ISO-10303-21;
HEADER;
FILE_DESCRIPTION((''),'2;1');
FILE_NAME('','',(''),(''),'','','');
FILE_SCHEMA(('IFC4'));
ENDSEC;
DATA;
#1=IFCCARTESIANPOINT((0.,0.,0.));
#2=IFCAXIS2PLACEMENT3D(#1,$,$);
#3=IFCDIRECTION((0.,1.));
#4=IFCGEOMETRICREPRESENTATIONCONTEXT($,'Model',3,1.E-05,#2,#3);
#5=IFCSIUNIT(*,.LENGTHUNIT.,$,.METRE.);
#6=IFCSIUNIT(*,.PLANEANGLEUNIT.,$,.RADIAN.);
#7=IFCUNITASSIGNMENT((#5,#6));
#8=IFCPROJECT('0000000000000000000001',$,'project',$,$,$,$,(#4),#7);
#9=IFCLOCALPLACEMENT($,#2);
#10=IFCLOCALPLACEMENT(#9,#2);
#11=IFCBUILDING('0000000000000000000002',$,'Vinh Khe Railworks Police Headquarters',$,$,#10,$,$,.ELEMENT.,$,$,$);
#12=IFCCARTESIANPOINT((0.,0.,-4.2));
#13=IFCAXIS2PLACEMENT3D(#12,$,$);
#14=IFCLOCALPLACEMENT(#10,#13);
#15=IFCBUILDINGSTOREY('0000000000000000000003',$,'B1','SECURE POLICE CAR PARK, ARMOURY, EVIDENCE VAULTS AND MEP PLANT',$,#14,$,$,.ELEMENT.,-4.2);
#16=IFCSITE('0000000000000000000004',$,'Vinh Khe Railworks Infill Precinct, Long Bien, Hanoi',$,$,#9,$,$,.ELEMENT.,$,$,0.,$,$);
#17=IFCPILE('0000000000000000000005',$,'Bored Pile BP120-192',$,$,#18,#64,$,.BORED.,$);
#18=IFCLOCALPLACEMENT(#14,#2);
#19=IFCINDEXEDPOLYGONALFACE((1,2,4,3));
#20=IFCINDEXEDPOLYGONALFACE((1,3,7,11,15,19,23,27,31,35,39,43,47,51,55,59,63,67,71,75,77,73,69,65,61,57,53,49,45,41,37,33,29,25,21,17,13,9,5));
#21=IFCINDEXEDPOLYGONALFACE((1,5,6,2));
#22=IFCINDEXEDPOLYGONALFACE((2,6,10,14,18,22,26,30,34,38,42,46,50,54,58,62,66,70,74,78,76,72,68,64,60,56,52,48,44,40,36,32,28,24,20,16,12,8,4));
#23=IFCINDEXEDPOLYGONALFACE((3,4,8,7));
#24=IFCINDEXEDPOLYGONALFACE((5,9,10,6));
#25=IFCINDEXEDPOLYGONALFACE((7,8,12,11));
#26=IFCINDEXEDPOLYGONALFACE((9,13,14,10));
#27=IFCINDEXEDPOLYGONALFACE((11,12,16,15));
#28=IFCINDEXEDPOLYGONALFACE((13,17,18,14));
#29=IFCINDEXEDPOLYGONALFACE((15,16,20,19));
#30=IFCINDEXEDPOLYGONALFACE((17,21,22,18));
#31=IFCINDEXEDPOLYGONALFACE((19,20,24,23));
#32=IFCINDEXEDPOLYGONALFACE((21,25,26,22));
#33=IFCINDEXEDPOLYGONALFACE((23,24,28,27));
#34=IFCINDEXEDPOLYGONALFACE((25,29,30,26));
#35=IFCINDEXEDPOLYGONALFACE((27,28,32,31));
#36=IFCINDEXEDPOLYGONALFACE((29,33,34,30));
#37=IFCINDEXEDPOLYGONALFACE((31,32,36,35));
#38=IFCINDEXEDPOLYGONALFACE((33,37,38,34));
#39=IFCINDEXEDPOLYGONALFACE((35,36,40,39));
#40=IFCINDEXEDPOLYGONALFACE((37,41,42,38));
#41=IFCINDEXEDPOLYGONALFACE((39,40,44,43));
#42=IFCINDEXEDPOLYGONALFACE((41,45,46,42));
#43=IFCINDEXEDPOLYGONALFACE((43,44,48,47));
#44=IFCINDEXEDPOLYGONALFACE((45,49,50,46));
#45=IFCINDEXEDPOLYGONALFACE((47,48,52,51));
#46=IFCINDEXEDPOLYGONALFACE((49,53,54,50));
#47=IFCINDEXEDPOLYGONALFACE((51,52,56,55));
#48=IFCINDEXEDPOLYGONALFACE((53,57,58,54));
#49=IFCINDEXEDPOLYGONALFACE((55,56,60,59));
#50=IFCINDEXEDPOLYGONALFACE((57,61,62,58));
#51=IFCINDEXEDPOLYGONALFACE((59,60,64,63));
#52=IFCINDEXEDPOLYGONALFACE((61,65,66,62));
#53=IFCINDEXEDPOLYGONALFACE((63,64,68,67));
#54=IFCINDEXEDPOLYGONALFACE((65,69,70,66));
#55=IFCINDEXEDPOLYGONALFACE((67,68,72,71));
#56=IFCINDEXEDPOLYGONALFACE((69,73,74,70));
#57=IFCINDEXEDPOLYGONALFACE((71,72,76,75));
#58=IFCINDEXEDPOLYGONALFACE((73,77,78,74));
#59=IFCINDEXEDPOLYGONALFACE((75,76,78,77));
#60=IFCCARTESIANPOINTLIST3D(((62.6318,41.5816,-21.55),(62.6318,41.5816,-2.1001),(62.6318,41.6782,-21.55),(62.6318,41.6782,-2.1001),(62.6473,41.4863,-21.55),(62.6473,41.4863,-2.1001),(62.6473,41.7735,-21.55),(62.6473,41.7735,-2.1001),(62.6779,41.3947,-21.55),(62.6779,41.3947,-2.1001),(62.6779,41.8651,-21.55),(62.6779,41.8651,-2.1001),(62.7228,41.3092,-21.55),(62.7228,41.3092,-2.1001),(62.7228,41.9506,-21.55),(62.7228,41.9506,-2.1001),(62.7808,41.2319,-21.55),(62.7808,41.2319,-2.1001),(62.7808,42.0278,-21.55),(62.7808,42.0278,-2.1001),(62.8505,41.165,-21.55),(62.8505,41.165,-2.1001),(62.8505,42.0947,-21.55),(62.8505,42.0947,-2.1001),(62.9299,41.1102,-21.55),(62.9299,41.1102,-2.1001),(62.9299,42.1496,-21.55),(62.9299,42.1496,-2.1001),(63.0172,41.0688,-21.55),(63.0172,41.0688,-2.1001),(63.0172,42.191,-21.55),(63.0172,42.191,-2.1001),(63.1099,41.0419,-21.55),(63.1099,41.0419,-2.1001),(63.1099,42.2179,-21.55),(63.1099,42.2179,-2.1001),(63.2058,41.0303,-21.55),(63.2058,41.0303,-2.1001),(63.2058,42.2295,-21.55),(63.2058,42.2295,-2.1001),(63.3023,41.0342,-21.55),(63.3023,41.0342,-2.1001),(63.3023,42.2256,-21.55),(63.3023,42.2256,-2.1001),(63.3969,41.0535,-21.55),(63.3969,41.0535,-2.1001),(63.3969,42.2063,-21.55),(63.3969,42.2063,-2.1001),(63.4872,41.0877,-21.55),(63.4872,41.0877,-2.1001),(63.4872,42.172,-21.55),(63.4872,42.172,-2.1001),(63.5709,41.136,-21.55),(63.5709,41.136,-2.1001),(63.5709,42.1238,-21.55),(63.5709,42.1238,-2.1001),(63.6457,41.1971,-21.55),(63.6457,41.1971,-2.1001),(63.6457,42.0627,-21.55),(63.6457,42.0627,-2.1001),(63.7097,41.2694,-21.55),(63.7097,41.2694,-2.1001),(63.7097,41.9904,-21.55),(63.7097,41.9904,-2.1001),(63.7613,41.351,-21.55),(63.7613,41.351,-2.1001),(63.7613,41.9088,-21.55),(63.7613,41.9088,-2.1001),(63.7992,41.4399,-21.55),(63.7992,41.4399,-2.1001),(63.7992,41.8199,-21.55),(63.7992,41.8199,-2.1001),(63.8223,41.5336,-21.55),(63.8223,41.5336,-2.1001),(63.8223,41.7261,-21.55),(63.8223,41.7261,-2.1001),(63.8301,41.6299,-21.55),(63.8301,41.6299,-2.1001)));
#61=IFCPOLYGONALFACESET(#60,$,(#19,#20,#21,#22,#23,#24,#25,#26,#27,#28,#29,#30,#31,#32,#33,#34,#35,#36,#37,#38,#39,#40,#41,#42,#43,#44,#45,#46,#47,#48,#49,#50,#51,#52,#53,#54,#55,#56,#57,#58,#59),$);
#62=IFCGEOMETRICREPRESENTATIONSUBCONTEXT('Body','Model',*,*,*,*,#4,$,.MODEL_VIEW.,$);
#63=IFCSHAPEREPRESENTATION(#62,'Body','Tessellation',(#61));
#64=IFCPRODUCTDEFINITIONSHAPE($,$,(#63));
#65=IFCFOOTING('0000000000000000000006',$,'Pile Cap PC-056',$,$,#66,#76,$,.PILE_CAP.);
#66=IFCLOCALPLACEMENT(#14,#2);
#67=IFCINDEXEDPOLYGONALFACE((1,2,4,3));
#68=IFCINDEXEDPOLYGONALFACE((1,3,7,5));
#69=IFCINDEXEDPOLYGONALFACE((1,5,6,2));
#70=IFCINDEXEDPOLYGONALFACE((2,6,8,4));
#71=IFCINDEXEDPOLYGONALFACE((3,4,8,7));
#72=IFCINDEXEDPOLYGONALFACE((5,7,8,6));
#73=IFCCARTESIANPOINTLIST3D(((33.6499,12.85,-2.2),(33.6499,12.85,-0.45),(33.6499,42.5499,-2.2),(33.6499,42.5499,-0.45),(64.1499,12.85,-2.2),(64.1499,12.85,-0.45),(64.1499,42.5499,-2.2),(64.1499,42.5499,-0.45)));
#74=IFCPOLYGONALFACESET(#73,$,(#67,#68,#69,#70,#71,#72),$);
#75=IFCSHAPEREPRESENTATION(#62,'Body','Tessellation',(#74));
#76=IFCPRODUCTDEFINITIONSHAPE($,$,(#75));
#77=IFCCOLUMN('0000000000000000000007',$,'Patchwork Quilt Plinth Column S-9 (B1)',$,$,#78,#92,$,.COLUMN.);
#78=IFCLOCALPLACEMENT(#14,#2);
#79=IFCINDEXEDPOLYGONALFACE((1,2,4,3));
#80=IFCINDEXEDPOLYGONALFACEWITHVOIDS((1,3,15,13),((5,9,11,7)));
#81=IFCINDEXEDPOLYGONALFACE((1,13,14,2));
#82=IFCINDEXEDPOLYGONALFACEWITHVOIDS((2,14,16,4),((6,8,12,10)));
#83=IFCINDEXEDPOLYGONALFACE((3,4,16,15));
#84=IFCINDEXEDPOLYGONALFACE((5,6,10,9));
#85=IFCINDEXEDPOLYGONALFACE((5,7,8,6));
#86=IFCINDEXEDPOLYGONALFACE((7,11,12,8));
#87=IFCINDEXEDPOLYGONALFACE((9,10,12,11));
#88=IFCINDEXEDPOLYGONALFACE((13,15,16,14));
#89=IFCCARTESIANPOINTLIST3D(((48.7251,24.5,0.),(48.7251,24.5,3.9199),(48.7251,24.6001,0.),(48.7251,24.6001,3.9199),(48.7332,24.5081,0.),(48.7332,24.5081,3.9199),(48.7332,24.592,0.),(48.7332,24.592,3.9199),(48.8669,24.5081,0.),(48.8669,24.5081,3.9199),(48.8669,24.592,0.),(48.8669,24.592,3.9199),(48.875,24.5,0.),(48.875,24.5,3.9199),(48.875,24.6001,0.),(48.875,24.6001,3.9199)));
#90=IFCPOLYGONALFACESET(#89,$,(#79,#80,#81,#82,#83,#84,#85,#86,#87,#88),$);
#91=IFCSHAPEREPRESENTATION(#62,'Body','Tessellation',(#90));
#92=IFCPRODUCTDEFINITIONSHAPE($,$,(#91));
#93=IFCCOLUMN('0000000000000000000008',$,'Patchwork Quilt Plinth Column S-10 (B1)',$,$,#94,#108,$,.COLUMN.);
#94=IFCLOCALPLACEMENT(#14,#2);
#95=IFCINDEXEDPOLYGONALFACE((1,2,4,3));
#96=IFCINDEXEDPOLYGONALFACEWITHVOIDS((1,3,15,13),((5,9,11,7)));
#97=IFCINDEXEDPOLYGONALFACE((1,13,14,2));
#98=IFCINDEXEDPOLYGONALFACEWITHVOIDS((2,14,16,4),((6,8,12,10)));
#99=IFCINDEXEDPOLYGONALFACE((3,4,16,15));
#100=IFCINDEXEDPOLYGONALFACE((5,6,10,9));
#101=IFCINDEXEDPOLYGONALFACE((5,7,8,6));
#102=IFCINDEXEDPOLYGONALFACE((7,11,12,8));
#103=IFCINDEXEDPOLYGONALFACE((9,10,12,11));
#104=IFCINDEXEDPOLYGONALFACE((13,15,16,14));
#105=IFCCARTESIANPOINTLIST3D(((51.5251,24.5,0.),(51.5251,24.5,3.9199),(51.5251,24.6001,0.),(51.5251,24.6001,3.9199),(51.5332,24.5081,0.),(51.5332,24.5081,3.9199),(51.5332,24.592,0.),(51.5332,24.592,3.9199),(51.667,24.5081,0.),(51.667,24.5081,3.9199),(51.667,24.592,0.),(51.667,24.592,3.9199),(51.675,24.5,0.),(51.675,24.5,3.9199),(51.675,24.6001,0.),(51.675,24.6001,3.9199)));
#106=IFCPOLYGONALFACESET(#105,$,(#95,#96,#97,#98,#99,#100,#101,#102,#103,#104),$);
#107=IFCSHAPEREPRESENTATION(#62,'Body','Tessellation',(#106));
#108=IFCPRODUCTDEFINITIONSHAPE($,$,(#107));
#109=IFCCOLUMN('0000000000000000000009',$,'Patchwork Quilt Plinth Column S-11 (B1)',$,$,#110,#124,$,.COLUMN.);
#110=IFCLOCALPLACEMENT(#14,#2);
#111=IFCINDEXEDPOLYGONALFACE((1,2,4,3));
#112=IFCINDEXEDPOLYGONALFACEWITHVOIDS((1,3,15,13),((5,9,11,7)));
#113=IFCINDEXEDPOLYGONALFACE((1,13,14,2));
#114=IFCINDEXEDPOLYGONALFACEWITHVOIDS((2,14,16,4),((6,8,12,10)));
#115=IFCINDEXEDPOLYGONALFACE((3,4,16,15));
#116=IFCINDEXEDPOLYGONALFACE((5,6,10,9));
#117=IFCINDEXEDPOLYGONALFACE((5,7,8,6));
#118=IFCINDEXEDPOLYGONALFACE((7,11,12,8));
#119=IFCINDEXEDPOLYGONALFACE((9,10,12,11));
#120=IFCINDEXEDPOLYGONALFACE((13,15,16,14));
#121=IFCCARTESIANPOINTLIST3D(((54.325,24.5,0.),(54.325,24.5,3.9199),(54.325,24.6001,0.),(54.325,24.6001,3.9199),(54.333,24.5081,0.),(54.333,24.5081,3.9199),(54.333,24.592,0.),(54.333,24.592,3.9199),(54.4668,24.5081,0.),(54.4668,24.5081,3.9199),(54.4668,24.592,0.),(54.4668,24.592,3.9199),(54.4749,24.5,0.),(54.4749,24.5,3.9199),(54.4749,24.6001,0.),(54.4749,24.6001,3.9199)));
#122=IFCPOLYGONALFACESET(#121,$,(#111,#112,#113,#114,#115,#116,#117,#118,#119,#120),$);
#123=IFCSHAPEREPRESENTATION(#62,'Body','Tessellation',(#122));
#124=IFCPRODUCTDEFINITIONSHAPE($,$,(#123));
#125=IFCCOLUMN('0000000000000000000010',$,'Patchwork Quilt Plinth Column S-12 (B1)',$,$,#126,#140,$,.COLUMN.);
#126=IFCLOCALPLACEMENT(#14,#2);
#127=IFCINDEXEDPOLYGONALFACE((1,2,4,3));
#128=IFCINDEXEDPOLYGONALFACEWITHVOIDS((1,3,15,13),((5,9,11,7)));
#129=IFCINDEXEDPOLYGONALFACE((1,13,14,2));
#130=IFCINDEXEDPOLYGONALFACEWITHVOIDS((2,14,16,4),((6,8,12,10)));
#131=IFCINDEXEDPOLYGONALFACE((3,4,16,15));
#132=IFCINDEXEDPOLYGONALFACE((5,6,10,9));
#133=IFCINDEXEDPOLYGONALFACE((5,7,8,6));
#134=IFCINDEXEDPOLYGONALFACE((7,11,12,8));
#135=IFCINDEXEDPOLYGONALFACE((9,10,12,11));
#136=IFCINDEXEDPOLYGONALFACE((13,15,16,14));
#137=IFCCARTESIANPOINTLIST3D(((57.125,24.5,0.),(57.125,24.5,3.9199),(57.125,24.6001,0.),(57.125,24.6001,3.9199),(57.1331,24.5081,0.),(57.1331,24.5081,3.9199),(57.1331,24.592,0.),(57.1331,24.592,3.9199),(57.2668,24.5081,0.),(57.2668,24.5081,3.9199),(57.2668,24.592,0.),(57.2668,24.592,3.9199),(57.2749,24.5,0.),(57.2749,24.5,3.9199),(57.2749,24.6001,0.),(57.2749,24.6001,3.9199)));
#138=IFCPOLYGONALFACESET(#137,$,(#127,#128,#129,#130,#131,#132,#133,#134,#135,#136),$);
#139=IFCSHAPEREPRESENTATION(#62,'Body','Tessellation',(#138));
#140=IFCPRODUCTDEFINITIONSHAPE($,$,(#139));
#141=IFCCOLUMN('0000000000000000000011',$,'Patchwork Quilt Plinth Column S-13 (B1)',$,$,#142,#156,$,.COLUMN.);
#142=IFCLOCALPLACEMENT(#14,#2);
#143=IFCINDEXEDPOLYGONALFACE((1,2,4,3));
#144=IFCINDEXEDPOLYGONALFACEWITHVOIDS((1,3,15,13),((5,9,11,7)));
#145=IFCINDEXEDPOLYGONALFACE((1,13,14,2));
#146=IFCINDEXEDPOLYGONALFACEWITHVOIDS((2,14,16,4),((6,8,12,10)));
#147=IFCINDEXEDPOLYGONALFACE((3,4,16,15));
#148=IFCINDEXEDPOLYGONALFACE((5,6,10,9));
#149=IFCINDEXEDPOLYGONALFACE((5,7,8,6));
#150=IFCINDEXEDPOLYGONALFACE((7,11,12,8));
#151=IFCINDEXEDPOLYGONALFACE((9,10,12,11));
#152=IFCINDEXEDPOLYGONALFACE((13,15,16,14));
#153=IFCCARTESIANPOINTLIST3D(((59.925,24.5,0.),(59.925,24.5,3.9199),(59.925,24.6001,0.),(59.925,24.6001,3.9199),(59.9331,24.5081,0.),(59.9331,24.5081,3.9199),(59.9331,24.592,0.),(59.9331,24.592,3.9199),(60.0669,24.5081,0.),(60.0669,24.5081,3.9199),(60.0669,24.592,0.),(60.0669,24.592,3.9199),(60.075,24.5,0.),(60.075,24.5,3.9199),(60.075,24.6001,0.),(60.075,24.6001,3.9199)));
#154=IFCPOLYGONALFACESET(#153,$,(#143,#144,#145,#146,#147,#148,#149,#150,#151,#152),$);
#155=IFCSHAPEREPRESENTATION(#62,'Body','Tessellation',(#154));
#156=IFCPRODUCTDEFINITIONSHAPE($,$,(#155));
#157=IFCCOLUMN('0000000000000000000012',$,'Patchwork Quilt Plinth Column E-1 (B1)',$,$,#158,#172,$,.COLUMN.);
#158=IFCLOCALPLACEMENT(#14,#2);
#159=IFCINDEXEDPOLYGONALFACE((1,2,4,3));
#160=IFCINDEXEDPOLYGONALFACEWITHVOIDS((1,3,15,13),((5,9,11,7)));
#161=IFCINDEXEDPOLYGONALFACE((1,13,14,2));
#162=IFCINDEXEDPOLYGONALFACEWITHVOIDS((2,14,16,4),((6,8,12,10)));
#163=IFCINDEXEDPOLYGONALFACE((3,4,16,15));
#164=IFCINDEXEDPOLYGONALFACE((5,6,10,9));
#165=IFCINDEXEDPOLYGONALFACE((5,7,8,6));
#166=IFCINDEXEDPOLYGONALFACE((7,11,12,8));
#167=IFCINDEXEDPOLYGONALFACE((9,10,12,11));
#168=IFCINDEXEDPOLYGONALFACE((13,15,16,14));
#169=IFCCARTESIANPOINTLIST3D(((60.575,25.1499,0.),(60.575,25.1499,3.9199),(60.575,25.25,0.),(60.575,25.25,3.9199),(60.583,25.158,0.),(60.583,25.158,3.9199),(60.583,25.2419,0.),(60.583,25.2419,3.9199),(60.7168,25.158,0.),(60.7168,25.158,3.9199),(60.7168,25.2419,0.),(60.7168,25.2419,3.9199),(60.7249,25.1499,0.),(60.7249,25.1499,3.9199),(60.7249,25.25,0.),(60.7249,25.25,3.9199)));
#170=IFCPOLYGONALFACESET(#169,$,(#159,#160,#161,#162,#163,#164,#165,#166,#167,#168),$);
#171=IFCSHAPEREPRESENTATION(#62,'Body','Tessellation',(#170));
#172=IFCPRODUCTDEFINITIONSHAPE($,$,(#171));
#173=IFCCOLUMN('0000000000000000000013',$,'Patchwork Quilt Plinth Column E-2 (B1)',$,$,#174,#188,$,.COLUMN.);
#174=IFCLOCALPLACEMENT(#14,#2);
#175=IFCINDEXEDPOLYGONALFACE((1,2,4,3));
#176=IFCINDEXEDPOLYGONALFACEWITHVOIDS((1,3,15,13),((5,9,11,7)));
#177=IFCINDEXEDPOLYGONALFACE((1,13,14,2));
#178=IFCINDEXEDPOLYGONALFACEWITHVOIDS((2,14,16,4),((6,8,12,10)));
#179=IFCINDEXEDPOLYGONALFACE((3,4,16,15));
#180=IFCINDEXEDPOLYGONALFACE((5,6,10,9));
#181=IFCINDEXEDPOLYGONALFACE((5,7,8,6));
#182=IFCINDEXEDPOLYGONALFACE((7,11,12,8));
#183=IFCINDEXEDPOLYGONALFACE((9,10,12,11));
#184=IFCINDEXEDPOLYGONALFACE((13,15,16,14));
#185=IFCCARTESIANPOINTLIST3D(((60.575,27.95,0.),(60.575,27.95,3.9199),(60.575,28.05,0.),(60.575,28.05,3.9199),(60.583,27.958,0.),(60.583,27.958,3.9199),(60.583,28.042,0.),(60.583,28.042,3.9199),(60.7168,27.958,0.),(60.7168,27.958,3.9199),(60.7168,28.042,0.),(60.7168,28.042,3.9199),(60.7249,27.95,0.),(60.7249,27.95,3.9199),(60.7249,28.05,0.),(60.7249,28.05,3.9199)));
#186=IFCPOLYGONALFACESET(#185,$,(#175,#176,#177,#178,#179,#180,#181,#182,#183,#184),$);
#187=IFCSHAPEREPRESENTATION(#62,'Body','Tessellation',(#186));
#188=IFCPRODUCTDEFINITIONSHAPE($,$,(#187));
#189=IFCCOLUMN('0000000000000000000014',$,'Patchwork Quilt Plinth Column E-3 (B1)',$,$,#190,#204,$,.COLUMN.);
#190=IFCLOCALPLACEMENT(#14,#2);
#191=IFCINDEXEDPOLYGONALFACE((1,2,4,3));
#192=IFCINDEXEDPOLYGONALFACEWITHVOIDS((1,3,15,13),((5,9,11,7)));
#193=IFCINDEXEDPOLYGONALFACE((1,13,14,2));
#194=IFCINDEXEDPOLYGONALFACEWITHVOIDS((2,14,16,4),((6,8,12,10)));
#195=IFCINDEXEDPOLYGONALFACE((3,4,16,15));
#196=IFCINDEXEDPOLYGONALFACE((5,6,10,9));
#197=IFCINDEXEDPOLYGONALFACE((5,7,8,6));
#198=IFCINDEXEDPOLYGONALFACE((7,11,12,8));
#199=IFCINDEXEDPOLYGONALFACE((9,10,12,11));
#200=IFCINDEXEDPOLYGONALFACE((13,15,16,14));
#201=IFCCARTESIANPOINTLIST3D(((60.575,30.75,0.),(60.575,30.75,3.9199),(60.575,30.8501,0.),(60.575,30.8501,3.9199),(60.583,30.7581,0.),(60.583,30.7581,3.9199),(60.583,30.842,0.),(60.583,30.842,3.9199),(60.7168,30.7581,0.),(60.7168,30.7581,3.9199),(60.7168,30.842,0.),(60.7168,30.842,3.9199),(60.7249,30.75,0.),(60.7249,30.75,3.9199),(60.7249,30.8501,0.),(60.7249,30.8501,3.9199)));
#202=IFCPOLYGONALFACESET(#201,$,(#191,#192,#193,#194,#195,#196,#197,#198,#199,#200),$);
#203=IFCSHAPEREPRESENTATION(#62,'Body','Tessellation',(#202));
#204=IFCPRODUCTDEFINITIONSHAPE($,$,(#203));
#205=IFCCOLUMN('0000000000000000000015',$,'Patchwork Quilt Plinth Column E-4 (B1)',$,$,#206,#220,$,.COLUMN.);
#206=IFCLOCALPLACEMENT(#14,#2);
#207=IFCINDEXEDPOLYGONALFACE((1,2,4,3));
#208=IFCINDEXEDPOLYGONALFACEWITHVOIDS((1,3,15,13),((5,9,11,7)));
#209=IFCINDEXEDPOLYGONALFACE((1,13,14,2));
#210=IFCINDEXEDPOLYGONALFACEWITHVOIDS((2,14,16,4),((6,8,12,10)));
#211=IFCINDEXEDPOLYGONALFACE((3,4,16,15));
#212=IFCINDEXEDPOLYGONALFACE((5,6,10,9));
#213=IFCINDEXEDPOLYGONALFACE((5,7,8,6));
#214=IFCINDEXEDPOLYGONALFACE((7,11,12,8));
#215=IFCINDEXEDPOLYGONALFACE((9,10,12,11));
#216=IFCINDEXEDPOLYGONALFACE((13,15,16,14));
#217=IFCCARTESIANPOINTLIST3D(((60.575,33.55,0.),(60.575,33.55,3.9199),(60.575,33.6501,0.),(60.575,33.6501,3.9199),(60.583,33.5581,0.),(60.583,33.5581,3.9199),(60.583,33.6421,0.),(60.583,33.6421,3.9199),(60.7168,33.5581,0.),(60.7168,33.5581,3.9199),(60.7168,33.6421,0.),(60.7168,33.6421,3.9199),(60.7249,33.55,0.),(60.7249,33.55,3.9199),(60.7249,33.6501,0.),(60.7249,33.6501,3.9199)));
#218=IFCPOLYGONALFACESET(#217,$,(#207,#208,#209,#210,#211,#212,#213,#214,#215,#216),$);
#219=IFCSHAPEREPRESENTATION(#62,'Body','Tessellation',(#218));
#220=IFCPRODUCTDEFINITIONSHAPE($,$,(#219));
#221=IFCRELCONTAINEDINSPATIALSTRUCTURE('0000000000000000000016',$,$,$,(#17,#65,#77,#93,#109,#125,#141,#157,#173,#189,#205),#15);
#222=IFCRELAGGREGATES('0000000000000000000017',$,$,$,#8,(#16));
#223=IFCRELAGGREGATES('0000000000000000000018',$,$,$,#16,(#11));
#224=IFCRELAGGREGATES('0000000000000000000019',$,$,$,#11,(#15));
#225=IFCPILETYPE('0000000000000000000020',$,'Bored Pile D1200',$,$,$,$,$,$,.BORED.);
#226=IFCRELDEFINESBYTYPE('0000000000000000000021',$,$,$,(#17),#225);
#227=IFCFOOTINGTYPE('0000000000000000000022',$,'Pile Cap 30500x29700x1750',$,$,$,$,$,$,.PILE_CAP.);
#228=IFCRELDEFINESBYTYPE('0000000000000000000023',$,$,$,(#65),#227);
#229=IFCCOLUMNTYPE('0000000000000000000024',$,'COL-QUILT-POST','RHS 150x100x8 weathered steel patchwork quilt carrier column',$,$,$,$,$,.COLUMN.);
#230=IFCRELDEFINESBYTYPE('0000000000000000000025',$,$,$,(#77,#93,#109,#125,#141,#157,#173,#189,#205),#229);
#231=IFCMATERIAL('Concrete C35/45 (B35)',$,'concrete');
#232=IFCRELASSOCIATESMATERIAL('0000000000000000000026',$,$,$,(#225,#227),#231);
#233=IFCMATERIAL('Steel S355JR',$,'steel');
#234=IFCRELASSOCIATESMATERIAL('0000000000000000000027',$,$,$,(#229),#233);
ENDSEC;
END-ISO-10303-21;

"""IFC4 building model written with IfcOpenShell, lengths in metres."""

from ifc_helpers import new_model, si_unit, direction, frame, origin, origin_2d, place, context, subcontext, project, spatial, rectangle, hollow_rectangle, circle, extrude, material, material_profile, profile_set, type_object, element, save


model = new_model("IFC4")

# Units and contexts
model_context = context("Model", 3, precision=1e-05, world=origin(), true_north=direction((0.0, 1.0)))
body_context = subcontext(model_context, "Body", "Model", "MODEL_VIEW")
ifc_project = project(units=[si_unit("LENGTHUNIT", "METRE"), si_unit("PLANEANGLEUNIT", "RADIAN")], contexts=[model_context])

# Site, building, storey
site_placement = place(None, origin())
site = spatial("IfcSite", under=ifc_project, at=site_placement, Name="Vinh Khe Railworks Infill Precinct, Long Bien, Hanoi", CompositionType="ELEMENT", RefElevation=0.0)
building_placement = place(site_placement, origin())
building = spatial("IfcBuilding", under=site, at=building_placement, Name="Vinh Khe Railworks Police Headquarters", CompositionType="ELEMENT")
storey_placement = place(building_placement, frame((0.0, 0.0, -4.2)))
storey = spatial("IfcBuildingStorey", under=building, at=storey_placement, Name="B1", Description="SECURE POLICE CAR PARK, ARMOURY, EVIDENCE VAULTS AND MEP PLANT", CompositionType="ELEMENT", Elevation=-4.2)

# Pile
ifc_material_1 = material(Name="Concrete C35/45 (B35)", Category="concrete")
ifc_material_profile_1 = material_profile(ifc_material_1, circle(Radius=0.6001, at=origin_2d()), Name="BORED PILE D1200")
ifc_profile_set_1 = profile_set([ifc_material_profile_1], Name="Concrete C35/45 (B35)")
pile_type = type_object("IfcPileType", Name="Bored Pile D1200", PredefinedType="BORED", material=ifc_profile_set_1)
pile_placement = place(storey_placement, frame((63.23, 41.6299, -2.1001), z_axis=(0.0, 0.0, -1.0), x_axis=(1.0, 0.0, 0.0)))
element("IfcPile", 1, at=pile_placement, inside=storey, type_object=pile_type, Name="Bored Pile BP120-192", PredefinedType="BORED", context=body_context, shape_type="SweptSolid", body=[
    extrude(circle(Radius=0.6001, at=origin_2d()), origin(), (0.0, 0.0, 1.0), 19.45),
])

# Footing
footing_type = type_object("IfcFootingType", Name="Pile Cap 30500x29700x1750", PredefinedType="PILE_CAP", material=ifc_material_1)
footing_placement = place(storey_placement, frame((48.8999, 27.7, -2.2), z_axis=(0.0, 0.0, 1.0), x_axis=(1.0, 0.0, 0.0)))
element("IfcFooting", 2, at=footing_placement, inside=storey, type_object=footing_type, Name="Pile Cap PC-056", PredefinedType="PILE_CAP", context=body_context, shape_type="SweptSolid", body=[
    extrude(rectangle(XDim=30.5, YDim=29.7, at=origin_2d()), origin(), (0.0, 0.0, 1.0), 1.75),
])

# Columns
ifc_material_2 = material(Name="Steel S355JR", Category="steel")
ifc_material_profile_2 = material_profile(ifc_material_2, hollow_rectangle(XDim=0.1499, YDim=0.1001, WallThickness=0.0081, at=origin_2d()), Name="RHS 150x100x8")
ifc_profile_set_2 = profile_set([ifc_material_profile_2], Name="Steel S355JR")
column_type_1 = type_object("IfcColumnType", Name="COL-QUILT-POST", Description="RHS 150x100x8 weathered steel patchwork quilt carrier column", PredefinedType="COLUMN", material=ifc_profile_set_2)
for number, where, z_axis, x_axis, name in (
    (3, (48.8, 24.55, 0.0), (0.0, 0.0, 1.0), (1.0, 0.0, 0.0), "Patchwork Quilt Plinth Column S-9 (B1)"),
    (4, (51.6001, 24.55, 0.0), (0.0, 0.0, 1.0), (1.0, 0.0, 0.0), "Patchwork Quilt Plinth Column S-10 (B1)"),
    (5, (54.3999, 24.55, 0.0), (0.0, 0.0, 1.0), (1.0, 0.0, 0.0), "Patchwork Quilt Plinth Column S-11 (B1)"),
    (6, (57.2, 24.55, 0.0), (0.0, 0.0, 1.0), (1.0, 0.0, 0.0), "Patchwork Quilt Plinth Column S-12 (B1)"),
    (7, (60.0, 24.55, 0.0), (0.0, 0.0, 1.0), (1.0, 0.0, 0.0), "Patchwork Quilt Plinth Column S-13 (B1)"),
    (8, (60.6499, 25.2, 0.0), (0.0, 0.0, 1.0), (1.0, 0.0, 0.0), "Patchwork Quilt Plinth Column E-1 (B1)"),
    (9, (60.6499, 28.0, 0.0), (0.0, 0.0, 1.0), (1.0, 0.0, 0.0), "Patchwork Quilt Plinth Column E-2 (B1)"),
    (10, (60.6499, 30.8, 0.0), (0.0, 0.0, 1.0), (1.0, 0.0, 0.0), "Patchwork Quilt Plinth Column E-3 (B1)"),
    (11, (60.6499, 33.6001, 0.0), (0.0, 0.0, 1.0), (1.0, 0.0, 0.0), "Patchwork Quilt Plinth Column E-4 (B1)"),
):
    element("IfcColumn", number, at=place(storey_placement, frame(where, z_axis=z_axis, x_axis=x_axis)), inside=storey, type_object=column_type_1, Name=name, PredefinedType="COLUMN", context=body_context, shape_type="SweptSolid", body=[
        extrude(hollow_rectangle(XDim=0.1499, YDim=0.1001, WallThickness=0.0081, at=origin_2d()), origin(), (0.0, 0.0, 1.0), 3.9199),
    ])

save(model, "model.ifc")
